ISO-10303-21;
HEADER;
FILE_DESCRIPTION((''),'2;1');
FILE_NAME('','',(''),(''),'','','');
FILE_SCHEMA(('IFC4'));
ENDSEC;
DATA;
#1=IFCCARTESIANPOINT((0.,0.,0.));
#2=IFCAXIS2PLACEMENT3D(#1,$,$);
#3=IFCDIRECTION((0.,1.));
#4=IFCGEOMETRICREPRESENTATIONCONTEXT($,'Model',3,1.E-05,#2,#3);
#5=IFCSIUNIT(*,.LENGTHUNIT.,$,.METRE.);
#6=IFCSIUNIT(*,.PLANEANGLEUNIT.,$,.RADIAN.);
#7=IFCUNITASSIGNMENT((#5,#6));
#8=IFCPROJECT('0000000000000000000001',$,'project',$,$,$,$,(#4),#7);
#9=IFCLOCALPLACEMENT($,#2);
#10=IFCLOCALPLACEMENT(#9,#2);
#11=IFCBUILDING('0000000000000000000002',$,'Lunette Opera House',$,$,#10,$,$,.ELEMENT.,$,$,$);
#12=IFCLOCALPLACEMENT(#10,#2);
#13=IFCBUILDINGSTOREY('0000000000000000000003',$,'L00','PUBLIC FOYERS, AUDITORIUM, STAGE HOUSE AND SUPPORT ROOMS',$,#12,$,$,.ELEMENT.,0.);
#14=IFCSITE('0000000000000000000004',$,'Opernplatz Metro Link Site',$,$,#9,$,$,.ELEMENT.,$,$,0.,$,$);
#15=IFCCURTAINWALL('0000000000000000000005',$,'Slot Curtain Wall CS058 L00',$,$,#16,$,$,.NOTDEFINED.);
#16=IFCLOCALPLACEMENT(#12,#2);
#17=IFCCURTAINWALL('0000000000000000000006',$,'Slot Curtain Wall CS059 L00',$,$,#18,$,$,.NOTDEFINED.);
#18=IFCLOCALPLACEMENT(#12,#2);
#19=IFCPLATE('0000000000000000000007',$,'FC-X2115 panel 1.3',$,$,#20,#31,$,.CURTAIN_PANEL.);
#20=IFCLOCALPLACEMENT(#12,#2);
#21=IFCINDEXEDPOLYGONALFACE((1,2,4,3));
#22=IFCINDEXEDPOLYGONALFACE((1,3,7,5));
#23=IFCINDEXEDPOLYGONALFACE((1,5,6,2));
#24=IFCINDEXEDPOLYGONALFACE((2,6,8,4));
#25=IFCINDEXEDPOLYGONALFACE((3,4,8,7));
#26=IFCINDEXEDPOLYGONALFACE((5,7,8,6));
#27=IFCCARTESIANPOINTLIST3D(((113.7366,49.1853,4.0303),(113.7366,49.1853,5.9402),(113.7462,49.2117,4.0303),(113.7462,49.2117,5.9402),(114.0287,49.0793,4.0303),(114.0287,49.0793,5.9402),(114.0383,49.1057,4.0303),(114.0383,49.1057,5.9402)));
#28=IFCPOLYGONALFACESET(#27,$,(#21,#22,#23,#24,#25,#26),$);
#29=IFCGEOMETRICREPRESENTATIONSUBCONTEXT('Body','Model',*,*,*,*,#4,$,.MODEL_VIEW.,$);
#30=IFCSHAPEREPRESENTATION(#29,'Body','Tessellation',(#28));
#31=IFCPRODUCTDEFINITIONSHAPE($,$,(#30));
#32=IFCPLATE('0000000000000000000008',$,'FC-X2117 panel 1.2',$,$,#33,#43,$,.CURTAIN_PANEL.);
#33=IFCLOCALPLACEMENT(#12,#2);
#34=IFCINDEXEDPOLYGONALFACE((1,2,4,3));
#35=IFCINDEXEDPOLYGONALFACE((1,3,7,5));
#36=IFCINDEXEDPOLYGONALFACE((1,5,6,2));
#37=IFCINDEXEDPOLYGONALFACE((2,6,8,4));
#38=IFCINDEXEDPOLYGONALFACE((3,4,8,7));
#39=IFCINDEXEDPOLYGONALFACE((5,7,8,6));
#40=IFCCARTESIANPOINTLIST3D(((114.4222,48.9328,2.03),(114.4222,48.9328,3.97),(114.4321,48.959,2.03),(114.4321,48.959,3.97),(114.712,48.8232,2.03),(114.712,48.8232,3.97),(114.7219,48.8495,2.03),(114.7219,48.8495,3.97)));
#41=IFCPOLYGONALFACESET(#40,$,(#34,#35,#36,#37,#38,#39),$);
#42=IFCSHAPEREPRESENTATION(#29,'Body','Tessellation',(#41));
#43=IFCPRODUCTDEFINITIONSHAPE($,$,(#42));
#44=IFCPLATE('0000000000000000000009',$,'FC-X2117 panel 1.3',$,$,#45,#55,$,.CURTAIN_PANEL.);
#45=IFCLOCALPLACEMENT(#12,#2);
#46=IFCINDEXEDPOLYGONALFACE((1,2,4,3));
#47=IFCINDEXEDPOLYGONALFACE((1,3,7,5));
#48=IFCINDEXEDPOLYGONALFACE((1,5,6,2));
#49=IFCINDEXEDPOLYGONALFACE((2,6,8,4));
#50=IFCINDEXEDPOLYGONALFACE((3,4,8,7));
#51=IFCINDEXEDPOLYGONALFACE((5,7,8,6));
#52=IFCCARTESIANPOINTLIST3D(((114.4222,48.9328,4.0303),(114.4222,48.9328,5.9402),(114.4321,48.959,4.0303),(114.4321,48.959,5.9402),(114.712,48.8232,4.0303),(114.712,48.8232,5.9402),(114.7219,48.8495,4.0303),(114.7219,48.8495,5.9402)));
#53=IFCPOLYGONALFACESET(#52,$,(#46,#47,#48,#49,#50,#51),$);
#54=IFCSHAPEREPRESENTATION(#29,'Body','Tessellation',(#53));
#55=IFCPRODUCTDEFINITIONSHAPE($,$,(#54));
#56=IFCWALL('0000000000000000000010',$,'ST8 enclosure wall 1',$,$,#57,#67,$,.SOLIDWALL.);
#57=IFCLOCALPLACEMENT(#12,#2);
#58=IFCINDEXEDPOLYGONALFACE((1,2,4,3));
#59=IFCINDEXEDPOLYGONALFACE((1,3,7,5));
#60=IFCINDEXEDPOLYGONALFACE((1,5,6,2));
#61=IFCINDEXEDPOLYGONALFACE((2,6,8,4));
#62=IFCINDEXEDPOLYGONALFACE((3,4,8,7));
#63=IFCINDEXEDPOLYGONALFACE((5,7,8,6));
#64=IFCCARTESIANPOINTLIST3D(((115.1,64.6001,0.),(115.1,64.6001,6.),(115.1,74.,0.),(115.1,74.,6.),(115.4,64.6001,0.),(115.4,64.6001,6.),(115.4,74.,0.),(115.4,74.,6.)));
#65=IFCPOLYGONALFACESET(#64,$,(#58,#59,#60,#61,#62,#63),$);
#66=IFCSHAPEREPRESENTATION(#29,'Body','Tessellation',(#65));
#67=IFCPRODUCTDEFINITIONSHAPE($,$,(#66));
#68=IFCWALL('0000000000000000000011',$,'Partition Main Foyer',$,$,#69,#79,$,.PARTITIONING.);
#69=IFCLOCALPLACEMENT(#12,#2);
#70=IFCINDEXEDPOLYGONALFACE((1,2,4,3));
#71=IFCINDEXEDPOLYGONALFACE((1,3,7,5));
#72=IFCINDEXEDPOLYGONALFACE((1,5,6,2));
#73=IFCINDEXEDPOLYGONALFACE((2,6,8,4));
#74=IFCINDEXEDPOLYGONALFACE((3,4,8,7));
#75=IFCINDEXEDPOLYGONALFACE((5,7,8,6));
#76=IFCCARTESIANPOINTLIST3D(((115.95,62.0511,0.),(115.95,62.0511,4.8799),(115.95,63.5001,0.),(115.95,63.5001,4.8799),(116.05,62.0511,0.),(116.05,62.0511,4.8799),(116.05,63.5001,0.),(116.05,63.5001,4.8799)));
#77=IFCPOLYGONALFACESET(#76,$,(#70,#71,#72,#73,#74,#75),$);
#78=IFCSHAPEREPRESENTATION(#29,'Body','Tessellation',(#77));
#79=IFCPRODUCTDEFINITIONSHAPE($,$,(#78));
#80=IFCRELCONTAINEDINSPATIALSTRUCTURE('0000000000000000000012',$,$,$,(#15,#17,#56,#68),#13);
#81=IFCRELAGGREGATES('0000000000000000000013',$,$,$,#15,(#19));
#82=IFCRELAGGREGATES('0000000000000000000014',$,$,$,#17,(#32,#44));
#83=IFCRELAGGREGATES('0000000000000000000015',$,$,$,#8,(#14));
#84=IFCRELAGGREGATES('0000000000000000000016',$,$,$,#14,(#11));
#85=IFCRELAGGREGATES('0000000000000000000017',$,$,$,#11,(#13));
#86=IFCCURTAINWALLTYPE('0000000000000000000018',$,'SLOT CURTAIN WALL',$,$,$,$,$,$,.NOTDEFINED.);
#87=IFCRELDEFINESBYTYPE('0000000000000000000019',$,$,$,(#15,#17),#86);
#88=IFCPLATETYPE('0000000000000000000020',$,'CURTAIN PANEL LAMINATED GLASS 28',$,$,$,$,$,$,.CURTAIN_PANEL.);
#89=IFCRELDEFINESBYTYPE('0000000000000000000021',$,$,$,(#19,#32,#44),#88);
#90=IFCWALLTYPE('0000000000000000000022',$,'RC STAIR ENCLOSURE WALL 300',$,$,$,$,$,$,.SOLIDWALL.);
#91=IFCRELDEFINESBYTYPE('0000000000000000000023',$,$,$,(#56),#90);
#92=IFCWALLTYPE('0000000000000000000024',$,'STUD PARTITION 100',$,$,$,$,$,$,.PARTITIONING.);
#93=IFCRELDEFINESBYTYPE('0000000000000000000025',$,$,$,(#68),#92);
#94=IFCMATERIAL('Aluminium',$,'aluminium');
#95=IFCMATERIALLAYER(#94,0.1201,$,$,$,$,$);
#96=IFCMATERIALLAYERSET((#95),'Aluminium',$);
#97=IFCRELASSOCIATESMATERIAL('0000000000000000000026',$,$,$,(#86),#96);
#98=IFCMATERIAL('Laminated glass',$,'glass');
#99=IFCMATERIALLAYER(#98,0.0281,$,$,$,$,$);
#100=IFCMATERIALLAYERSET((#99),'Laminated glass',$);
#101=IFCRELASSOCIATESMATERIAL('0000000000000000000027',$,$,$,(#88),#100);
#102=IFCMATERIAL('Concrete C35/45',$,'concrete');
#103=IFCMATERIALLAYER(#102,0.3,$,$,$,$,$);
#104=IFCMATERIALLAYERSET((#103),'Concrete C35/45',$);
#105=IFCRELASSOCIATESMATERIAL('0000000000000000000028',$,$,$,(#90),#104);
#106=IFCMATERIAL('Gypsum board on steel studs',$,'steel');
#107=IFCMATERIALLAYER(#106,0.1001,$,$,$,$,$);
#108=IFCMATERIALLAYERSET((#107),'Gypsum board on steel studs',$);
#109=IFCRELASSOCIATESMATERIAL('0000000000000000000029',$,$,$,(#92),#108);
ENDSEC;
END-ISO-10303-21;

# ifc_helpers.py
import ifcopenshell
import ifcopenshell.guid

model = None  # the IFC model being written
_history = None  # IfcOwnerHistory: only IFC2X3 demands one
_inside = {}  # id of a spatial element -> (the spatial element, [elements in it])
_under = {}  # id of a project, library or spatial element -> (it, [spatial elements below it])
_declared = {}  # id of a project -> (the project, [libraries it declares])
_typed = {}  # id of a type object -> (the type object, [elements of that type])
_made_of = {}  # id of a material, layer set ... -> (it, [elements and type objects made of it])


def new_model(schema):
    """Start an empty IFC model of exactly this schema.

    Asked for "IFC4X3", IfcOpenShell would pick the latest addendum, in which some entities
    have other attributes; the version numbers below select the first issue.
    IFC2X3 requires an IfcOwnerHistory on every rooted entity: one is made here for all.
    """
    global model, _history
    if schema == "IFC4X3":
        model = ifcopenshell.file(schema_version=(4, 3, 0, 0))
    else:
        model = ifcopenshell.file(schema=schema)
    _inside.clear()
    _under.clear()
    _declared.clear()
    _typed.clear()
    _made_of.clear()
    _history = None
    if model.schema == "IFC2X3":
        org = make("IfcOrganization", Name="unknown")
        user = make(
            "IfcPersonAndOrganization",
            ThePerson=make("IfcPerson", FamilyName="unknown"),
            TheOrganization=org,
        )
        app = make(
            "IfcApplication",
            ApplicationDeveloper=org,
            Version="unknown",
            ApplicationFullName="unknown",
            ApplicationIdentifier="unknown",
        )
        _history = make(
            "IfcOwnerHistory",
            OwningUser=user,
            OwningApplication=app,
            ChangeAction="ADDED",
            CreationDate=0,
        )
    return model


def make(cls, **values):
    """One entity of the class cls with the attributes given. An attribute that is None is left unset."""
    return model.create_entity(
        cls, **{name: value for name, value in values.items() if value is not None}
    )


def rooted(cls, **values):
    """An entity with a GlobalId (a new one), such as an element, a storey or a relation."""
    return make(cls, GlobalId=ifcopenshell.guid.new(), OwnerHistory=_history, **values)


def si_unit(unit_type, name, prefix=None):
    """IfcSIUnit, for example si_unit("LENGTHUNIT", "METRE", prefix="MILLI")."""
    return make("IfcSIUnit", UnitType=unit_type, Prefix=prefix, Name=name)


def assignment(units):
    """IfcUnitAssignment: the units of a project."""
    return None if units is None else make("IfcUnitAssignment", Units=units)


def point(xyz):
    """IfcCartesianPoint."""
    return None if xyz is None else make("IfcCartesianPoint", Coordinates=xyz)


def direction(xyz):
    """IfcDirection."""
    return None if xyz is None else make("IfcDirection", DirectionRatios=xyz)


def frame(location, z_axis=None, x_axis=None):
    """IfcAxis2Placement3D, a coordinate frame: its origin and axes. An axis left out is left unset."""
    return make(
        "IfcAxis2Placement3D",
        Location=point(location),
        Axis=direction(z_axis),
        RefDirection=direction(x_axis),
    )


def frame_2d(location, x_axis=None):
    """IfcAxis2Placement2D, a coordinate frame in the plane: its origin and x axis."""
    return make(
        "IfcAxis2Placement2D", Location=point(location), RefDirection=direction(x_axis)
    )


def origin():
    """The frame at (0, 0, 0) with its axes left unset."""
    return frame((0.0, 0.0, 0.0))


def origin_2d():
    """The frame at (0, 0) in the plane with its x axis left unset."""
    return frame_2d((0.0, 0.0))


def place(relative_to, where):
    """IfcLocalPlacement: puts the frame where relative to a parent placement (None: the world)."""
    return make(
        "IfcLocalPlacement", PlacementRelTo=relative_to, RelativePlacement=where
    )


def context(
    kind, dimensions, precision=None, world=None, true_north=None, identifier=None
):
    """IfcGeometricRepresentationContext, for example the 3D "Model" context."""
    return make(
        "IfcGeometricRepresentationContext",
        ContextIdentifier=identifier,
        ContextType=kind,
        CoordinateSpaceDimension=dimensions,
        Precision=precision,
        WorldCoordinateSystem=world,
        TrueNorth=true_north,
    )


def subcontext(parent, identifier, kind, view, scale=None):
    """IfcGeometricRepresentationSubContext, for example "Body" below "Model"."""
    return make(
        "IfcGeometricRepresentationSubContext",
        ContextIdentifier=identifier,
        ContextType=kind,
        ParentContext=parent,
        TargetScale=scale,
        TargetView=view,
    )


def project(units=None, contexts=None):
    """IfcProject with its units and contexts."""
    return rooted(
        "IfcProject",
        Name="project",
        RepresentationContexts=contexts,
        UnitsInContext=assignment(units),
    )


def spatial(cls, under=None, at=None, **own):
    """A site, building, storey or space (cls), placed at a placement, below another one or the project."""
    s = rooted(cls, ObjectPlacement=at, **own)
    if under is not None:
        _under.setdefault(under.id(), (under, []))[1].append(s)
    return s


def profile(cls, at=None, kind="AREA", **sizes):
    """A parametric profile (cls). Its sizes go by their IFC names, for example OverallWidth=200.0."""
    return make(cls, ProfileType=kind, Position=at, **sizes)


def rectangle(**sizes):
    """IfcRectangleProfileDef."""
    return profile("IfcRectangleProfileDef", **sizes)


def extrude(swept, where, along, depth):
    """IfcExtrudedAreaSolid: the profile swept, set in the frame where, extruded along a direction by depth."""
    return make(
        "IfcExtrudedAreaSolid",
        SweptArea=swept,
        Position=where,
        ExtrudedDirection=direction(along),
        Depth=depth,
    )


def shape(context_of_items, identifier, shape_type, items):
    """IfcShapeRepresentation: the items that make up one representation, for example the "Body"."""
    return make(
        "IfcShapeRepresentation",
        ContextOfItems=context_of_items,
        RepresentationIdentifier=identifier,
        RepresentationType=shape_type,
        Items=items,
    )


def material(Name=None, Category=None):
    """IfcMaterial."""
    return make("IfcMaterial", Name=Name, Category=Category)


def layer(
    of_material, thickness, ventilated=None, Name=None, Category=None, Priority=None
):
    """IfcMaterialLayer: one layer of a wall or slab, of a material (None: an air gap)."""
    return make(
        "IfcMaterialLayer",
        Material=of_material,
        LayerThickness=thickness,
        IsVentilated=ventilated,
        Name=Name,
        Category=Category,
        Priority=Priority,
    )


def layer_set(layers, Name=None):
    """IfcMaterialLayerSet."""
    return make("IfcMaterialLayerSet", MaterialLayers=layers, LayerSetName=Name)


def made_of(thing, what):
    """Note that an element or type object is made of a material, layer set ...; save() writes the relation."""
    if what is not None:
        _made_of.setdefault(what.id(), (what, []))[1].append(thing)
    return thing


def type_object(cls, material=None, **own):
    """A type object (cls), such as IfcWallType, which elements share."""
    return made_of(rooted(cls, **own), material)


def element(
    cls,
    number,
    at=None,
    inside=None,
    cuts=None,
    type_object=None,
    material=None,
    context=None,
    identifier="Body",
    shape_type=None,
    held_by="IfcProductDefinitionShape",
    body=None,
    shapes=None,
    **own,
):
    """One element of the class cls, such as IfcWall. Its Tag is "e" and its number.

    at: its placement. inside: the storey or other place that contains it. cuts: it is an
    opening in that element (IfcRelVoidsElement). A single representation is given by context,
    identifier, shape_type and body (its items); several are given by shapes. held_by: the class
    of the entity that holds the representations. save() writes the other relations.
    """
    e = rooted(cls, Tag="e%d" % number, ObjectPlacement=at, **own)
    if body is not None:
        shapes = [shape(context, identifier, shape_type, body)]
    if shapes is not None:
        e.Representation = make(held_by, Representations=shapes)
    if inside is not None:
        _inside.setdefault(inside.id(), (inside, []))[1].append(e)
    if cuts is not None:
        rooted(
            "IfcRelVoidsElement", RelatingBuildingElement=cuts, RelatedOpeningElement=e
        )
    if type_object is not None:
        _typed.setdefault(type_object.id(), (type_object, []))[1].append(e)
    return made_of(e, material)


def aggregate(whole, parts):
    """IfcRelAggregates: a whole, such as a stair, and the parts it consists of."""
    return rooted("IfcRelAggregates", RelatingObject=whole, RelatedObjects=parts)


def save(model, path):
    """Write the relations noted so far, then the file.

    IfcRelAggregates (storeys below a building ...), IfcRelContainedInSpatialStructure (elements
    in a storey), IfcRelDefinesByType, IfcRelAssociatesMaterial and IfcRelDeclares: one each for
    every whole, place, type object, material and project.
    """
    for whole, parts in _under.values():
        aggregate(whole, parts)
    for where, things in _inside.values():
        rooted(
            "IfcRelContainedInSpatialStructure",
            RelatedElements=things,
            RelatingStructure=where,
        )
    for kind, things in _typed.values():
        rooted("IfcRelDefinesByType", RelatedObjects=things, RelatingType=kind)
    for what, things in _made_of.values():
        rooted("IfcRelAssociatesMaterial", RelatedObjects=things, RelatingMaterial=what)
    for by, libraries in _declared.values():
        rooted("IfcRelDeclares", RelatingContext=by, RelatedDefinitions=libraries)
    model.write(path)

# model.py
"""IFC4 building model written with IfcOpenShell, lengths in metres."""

from ifc_helpers import new_model, si_unit, direction, frame, frame_2d, origin, origin_2d, place, context, subcontext, project, spatial, rectangle, extrude, material, layer, layer_set, type_object, element, aggregate, save


model = new_model("IFC4")

# Units and contexts
model_context = context("Model", 3, precision=1e-05, world=origin(), true_north=direction((0.0, 1.0)))
body_context = subcontext(model_context, "Body", "Model", "MODEL_VIEW")
ifc_project = project(units=[si_unit("LENGTHUNIT", "METRE"), si_unit("PLANEANGLEUNIT", "RADIAN")], contexts=[model_context])

# Site, building, storey
site_placement = place(None, origin())
site = spatial("IfcSite", under=ifc_project, at=site_placement, Name="Opernplatz Metro Link Site", CompositionType="ELEMENT", RefElevation=0.0)
building_placement = place(site_placement, origin())
building = spatial("IfcBuilding", under=site, at=building_placement, Name="Lunette Opera House", CompositionType="ELEMENT")
storey_placement = place(building_placement, origin())
storey = spatial("IfcBuildingStorey", under=building, at=storey_placement, Name="L00", Description="PUBLIC FOYERS, AUDITORIUM, STAGE HOUSE AND SUPPORT ROOMS", CompositionType="ELEMENT", Elevation=0.0)

# Shared definitions
ifc_material_1 = material(Name="Aluminium", Category="aluminium")
ifc_layer_1 = layer(ifc_material_1, 0.1201)
ifc_layer_set_1 = layer_set([ifc_layer_1], Name="Aluminium")
curtain_wall_type = type_object("IfcCurtainWallType", Name="SLOT CURTAIN WALL", PredefinedType="NOTDEFINED", material=ifc_layer_set_1)

# Curtain wall
curtain_wall_1_placement = place(storey_placement, origin())
curtain_wall_1 = element("IfcCurtainWall", 1, at=curtain_wall_1_placement, inside=storey, type_object=curtain_wall_type, Name="Slot Curtain Wall CS058 L00", PredefinedType="NOTDEFINED")

# Curtain wall
curtain_wall_2_placement = place(storey_placement, origin())
curtain_wall_2 = element("IfcCurtainWall", 2, at=curtain_wall_2_placement, inside=storey, type_object=curtain_wall_type, Name="Slot Curtain Wall CS059 L00", PredefinedType="NOTDEFINED")

# Plates
ifc_material_2 = material(Name="Laminated glass", Category="glass")
ifc_layer_2 = layer(ifc_material_2, 0.0281)
ifc_layer_set_2 = layer_set([ifc_layer_2], Name="Laminated glass")
plate_type = type_object("IfcPlateType", Name="CURTAIN PANEL LAMINATED GLASS 28", PredefinedType="CURTAIN_PANEL", material=ifc_layer_set_2)
plate_1_placement = place(storey_placement, frame((113.8875, 49.1455, 4.0303), z_axis=(0.0, 0.0, 1.0), x_axis=(0.939997, -0.341184, 0.0)))
plate_1 = element("IfcPlate", 3, at=plate_1_placement, type_object=plate_type, Name="FC-X2115 panel 1.3", PredefinedType="CURTAIN_PANEL", context=body_context, shape_type="SweptSolid", body=[
    extrude(rectangle(XDim=0.3108, YDim=0.0281, at=origin_2d()), origin(), (0.0, 0.0, 1.0), 1.9099),
])
aggregate(curtain_wall_1, [plate_1])
plate_2_placement = place(storey_placement, frame((114.572, 48.8911, 2.03), z_axis=(0.0, 0.0, 1.0), x_axis=(0.935369, -0.353672, 0.0)))
plate_2 = element("IfcPlate", 4, at=plate_2_placement, type_object=plate_type, Name="FC-X2117 panel 1.2", PredefinedType="CURTAIN_PANEL", context=body_context, shape_type="SweptSolid", body=[
    extrude(rectangle(XDim=0.3098, YDim=0.0281, at=origin_2d()), origin(), (0.0, 0.0, 1.0), 1.9399),
])
plate_3_placement = place(storey_placement, frame((114.572, 48.8911, 4.0303), z_axis=(0.0, 0.0, 1.0), x_axis=(0.935369, -0.353672, 0.0)))
plate_3 = element("IfcPlate", 5, at=plate_3_placement, type_object=plate_type, Name="FC-X2117 panel 1.3", PredefinedType="CURTAIN_PANEL", context=body_context, shape_type="SweptSolid", body=[
    extrude(rectangle(XDim=0.3098, YDim=0.0281, at=origin_2d()), origin(), (0.0, 0.0, 1.0), 1.9099),
])
aggregate(curtain_wall_2, [plate_2, plate_3])

# Wall
ifc_material_3 = material(Name="Concrete C35/45", Category="concrete")
ifc_layer_3 = layer(ifc_material_3, 0.3)
ifc_layer_set_3 = layer_set([ifc_layer_3], Name="Concrete C35/45")
wall_type_1 = type_object("IfcWallType", Name="RC STAIR ENCLOSURE WALL 300", PredefinedType="SOLIDWALL", material=ifc_layer_set_3)
wall_1_placement = place(storey_placement, frame((115.25, 64.6001, 0.0), z_axis=(0.0, 0.0, 1.0), x_axis=(0.0, 1.0, 0.0)))
element("IfcWall", 6, at=wall_1_placement, inside=storey, type_object=wall_type_1, Name="ST8 enclosure wall 1", PredefinedType="SOLIDWALL", context=body_context, shape_type="SweptSolid", body=[
    extrude(rectangle(XDim=9.3999, YDim=0.3, at=frame_2d((4.7, 0.0))), origin(), (0.0, 0.0, 1.0), 6.0),
])

# Wall
ifc_material_4 = material(Name="Gypsum board on steel studs", Category="steel")
ifc_layer_4 = layer(ifc_material_4, 0.1001)
ifc_layer_set_4 = layer_set([ifc_layer_4], Name="Gypsum board on steel studs")
wall_type_2 = type_object("IfcWallType", Name="STUD PARTITION 100", PredefinedType="PARTITIONING", material=ifc_layer_set_4)
wall_2_placement = place(storey_placement, frame((116.0, 62.051, 0.0), z_axis=(0.0, 0.0, 1.0), x_axis=(0.0, 1.0, 0.0)))
element("IfcWall", 7, at=wall_2_placement, inside=storey, type_object=wall_type_2, Name="Partition Main Foyer", PredefinedType="PARTITIONING", context=body_context, shape_type="SweptSolid", body=[
    extrude(rectangle(XDim=1.449, YDim=0.1001, at=frame_2d((0.7246, 0.0))), origin(), (0.0, 0.0, 1.0), 4.8799),
])

save(model, "model.ifc")
